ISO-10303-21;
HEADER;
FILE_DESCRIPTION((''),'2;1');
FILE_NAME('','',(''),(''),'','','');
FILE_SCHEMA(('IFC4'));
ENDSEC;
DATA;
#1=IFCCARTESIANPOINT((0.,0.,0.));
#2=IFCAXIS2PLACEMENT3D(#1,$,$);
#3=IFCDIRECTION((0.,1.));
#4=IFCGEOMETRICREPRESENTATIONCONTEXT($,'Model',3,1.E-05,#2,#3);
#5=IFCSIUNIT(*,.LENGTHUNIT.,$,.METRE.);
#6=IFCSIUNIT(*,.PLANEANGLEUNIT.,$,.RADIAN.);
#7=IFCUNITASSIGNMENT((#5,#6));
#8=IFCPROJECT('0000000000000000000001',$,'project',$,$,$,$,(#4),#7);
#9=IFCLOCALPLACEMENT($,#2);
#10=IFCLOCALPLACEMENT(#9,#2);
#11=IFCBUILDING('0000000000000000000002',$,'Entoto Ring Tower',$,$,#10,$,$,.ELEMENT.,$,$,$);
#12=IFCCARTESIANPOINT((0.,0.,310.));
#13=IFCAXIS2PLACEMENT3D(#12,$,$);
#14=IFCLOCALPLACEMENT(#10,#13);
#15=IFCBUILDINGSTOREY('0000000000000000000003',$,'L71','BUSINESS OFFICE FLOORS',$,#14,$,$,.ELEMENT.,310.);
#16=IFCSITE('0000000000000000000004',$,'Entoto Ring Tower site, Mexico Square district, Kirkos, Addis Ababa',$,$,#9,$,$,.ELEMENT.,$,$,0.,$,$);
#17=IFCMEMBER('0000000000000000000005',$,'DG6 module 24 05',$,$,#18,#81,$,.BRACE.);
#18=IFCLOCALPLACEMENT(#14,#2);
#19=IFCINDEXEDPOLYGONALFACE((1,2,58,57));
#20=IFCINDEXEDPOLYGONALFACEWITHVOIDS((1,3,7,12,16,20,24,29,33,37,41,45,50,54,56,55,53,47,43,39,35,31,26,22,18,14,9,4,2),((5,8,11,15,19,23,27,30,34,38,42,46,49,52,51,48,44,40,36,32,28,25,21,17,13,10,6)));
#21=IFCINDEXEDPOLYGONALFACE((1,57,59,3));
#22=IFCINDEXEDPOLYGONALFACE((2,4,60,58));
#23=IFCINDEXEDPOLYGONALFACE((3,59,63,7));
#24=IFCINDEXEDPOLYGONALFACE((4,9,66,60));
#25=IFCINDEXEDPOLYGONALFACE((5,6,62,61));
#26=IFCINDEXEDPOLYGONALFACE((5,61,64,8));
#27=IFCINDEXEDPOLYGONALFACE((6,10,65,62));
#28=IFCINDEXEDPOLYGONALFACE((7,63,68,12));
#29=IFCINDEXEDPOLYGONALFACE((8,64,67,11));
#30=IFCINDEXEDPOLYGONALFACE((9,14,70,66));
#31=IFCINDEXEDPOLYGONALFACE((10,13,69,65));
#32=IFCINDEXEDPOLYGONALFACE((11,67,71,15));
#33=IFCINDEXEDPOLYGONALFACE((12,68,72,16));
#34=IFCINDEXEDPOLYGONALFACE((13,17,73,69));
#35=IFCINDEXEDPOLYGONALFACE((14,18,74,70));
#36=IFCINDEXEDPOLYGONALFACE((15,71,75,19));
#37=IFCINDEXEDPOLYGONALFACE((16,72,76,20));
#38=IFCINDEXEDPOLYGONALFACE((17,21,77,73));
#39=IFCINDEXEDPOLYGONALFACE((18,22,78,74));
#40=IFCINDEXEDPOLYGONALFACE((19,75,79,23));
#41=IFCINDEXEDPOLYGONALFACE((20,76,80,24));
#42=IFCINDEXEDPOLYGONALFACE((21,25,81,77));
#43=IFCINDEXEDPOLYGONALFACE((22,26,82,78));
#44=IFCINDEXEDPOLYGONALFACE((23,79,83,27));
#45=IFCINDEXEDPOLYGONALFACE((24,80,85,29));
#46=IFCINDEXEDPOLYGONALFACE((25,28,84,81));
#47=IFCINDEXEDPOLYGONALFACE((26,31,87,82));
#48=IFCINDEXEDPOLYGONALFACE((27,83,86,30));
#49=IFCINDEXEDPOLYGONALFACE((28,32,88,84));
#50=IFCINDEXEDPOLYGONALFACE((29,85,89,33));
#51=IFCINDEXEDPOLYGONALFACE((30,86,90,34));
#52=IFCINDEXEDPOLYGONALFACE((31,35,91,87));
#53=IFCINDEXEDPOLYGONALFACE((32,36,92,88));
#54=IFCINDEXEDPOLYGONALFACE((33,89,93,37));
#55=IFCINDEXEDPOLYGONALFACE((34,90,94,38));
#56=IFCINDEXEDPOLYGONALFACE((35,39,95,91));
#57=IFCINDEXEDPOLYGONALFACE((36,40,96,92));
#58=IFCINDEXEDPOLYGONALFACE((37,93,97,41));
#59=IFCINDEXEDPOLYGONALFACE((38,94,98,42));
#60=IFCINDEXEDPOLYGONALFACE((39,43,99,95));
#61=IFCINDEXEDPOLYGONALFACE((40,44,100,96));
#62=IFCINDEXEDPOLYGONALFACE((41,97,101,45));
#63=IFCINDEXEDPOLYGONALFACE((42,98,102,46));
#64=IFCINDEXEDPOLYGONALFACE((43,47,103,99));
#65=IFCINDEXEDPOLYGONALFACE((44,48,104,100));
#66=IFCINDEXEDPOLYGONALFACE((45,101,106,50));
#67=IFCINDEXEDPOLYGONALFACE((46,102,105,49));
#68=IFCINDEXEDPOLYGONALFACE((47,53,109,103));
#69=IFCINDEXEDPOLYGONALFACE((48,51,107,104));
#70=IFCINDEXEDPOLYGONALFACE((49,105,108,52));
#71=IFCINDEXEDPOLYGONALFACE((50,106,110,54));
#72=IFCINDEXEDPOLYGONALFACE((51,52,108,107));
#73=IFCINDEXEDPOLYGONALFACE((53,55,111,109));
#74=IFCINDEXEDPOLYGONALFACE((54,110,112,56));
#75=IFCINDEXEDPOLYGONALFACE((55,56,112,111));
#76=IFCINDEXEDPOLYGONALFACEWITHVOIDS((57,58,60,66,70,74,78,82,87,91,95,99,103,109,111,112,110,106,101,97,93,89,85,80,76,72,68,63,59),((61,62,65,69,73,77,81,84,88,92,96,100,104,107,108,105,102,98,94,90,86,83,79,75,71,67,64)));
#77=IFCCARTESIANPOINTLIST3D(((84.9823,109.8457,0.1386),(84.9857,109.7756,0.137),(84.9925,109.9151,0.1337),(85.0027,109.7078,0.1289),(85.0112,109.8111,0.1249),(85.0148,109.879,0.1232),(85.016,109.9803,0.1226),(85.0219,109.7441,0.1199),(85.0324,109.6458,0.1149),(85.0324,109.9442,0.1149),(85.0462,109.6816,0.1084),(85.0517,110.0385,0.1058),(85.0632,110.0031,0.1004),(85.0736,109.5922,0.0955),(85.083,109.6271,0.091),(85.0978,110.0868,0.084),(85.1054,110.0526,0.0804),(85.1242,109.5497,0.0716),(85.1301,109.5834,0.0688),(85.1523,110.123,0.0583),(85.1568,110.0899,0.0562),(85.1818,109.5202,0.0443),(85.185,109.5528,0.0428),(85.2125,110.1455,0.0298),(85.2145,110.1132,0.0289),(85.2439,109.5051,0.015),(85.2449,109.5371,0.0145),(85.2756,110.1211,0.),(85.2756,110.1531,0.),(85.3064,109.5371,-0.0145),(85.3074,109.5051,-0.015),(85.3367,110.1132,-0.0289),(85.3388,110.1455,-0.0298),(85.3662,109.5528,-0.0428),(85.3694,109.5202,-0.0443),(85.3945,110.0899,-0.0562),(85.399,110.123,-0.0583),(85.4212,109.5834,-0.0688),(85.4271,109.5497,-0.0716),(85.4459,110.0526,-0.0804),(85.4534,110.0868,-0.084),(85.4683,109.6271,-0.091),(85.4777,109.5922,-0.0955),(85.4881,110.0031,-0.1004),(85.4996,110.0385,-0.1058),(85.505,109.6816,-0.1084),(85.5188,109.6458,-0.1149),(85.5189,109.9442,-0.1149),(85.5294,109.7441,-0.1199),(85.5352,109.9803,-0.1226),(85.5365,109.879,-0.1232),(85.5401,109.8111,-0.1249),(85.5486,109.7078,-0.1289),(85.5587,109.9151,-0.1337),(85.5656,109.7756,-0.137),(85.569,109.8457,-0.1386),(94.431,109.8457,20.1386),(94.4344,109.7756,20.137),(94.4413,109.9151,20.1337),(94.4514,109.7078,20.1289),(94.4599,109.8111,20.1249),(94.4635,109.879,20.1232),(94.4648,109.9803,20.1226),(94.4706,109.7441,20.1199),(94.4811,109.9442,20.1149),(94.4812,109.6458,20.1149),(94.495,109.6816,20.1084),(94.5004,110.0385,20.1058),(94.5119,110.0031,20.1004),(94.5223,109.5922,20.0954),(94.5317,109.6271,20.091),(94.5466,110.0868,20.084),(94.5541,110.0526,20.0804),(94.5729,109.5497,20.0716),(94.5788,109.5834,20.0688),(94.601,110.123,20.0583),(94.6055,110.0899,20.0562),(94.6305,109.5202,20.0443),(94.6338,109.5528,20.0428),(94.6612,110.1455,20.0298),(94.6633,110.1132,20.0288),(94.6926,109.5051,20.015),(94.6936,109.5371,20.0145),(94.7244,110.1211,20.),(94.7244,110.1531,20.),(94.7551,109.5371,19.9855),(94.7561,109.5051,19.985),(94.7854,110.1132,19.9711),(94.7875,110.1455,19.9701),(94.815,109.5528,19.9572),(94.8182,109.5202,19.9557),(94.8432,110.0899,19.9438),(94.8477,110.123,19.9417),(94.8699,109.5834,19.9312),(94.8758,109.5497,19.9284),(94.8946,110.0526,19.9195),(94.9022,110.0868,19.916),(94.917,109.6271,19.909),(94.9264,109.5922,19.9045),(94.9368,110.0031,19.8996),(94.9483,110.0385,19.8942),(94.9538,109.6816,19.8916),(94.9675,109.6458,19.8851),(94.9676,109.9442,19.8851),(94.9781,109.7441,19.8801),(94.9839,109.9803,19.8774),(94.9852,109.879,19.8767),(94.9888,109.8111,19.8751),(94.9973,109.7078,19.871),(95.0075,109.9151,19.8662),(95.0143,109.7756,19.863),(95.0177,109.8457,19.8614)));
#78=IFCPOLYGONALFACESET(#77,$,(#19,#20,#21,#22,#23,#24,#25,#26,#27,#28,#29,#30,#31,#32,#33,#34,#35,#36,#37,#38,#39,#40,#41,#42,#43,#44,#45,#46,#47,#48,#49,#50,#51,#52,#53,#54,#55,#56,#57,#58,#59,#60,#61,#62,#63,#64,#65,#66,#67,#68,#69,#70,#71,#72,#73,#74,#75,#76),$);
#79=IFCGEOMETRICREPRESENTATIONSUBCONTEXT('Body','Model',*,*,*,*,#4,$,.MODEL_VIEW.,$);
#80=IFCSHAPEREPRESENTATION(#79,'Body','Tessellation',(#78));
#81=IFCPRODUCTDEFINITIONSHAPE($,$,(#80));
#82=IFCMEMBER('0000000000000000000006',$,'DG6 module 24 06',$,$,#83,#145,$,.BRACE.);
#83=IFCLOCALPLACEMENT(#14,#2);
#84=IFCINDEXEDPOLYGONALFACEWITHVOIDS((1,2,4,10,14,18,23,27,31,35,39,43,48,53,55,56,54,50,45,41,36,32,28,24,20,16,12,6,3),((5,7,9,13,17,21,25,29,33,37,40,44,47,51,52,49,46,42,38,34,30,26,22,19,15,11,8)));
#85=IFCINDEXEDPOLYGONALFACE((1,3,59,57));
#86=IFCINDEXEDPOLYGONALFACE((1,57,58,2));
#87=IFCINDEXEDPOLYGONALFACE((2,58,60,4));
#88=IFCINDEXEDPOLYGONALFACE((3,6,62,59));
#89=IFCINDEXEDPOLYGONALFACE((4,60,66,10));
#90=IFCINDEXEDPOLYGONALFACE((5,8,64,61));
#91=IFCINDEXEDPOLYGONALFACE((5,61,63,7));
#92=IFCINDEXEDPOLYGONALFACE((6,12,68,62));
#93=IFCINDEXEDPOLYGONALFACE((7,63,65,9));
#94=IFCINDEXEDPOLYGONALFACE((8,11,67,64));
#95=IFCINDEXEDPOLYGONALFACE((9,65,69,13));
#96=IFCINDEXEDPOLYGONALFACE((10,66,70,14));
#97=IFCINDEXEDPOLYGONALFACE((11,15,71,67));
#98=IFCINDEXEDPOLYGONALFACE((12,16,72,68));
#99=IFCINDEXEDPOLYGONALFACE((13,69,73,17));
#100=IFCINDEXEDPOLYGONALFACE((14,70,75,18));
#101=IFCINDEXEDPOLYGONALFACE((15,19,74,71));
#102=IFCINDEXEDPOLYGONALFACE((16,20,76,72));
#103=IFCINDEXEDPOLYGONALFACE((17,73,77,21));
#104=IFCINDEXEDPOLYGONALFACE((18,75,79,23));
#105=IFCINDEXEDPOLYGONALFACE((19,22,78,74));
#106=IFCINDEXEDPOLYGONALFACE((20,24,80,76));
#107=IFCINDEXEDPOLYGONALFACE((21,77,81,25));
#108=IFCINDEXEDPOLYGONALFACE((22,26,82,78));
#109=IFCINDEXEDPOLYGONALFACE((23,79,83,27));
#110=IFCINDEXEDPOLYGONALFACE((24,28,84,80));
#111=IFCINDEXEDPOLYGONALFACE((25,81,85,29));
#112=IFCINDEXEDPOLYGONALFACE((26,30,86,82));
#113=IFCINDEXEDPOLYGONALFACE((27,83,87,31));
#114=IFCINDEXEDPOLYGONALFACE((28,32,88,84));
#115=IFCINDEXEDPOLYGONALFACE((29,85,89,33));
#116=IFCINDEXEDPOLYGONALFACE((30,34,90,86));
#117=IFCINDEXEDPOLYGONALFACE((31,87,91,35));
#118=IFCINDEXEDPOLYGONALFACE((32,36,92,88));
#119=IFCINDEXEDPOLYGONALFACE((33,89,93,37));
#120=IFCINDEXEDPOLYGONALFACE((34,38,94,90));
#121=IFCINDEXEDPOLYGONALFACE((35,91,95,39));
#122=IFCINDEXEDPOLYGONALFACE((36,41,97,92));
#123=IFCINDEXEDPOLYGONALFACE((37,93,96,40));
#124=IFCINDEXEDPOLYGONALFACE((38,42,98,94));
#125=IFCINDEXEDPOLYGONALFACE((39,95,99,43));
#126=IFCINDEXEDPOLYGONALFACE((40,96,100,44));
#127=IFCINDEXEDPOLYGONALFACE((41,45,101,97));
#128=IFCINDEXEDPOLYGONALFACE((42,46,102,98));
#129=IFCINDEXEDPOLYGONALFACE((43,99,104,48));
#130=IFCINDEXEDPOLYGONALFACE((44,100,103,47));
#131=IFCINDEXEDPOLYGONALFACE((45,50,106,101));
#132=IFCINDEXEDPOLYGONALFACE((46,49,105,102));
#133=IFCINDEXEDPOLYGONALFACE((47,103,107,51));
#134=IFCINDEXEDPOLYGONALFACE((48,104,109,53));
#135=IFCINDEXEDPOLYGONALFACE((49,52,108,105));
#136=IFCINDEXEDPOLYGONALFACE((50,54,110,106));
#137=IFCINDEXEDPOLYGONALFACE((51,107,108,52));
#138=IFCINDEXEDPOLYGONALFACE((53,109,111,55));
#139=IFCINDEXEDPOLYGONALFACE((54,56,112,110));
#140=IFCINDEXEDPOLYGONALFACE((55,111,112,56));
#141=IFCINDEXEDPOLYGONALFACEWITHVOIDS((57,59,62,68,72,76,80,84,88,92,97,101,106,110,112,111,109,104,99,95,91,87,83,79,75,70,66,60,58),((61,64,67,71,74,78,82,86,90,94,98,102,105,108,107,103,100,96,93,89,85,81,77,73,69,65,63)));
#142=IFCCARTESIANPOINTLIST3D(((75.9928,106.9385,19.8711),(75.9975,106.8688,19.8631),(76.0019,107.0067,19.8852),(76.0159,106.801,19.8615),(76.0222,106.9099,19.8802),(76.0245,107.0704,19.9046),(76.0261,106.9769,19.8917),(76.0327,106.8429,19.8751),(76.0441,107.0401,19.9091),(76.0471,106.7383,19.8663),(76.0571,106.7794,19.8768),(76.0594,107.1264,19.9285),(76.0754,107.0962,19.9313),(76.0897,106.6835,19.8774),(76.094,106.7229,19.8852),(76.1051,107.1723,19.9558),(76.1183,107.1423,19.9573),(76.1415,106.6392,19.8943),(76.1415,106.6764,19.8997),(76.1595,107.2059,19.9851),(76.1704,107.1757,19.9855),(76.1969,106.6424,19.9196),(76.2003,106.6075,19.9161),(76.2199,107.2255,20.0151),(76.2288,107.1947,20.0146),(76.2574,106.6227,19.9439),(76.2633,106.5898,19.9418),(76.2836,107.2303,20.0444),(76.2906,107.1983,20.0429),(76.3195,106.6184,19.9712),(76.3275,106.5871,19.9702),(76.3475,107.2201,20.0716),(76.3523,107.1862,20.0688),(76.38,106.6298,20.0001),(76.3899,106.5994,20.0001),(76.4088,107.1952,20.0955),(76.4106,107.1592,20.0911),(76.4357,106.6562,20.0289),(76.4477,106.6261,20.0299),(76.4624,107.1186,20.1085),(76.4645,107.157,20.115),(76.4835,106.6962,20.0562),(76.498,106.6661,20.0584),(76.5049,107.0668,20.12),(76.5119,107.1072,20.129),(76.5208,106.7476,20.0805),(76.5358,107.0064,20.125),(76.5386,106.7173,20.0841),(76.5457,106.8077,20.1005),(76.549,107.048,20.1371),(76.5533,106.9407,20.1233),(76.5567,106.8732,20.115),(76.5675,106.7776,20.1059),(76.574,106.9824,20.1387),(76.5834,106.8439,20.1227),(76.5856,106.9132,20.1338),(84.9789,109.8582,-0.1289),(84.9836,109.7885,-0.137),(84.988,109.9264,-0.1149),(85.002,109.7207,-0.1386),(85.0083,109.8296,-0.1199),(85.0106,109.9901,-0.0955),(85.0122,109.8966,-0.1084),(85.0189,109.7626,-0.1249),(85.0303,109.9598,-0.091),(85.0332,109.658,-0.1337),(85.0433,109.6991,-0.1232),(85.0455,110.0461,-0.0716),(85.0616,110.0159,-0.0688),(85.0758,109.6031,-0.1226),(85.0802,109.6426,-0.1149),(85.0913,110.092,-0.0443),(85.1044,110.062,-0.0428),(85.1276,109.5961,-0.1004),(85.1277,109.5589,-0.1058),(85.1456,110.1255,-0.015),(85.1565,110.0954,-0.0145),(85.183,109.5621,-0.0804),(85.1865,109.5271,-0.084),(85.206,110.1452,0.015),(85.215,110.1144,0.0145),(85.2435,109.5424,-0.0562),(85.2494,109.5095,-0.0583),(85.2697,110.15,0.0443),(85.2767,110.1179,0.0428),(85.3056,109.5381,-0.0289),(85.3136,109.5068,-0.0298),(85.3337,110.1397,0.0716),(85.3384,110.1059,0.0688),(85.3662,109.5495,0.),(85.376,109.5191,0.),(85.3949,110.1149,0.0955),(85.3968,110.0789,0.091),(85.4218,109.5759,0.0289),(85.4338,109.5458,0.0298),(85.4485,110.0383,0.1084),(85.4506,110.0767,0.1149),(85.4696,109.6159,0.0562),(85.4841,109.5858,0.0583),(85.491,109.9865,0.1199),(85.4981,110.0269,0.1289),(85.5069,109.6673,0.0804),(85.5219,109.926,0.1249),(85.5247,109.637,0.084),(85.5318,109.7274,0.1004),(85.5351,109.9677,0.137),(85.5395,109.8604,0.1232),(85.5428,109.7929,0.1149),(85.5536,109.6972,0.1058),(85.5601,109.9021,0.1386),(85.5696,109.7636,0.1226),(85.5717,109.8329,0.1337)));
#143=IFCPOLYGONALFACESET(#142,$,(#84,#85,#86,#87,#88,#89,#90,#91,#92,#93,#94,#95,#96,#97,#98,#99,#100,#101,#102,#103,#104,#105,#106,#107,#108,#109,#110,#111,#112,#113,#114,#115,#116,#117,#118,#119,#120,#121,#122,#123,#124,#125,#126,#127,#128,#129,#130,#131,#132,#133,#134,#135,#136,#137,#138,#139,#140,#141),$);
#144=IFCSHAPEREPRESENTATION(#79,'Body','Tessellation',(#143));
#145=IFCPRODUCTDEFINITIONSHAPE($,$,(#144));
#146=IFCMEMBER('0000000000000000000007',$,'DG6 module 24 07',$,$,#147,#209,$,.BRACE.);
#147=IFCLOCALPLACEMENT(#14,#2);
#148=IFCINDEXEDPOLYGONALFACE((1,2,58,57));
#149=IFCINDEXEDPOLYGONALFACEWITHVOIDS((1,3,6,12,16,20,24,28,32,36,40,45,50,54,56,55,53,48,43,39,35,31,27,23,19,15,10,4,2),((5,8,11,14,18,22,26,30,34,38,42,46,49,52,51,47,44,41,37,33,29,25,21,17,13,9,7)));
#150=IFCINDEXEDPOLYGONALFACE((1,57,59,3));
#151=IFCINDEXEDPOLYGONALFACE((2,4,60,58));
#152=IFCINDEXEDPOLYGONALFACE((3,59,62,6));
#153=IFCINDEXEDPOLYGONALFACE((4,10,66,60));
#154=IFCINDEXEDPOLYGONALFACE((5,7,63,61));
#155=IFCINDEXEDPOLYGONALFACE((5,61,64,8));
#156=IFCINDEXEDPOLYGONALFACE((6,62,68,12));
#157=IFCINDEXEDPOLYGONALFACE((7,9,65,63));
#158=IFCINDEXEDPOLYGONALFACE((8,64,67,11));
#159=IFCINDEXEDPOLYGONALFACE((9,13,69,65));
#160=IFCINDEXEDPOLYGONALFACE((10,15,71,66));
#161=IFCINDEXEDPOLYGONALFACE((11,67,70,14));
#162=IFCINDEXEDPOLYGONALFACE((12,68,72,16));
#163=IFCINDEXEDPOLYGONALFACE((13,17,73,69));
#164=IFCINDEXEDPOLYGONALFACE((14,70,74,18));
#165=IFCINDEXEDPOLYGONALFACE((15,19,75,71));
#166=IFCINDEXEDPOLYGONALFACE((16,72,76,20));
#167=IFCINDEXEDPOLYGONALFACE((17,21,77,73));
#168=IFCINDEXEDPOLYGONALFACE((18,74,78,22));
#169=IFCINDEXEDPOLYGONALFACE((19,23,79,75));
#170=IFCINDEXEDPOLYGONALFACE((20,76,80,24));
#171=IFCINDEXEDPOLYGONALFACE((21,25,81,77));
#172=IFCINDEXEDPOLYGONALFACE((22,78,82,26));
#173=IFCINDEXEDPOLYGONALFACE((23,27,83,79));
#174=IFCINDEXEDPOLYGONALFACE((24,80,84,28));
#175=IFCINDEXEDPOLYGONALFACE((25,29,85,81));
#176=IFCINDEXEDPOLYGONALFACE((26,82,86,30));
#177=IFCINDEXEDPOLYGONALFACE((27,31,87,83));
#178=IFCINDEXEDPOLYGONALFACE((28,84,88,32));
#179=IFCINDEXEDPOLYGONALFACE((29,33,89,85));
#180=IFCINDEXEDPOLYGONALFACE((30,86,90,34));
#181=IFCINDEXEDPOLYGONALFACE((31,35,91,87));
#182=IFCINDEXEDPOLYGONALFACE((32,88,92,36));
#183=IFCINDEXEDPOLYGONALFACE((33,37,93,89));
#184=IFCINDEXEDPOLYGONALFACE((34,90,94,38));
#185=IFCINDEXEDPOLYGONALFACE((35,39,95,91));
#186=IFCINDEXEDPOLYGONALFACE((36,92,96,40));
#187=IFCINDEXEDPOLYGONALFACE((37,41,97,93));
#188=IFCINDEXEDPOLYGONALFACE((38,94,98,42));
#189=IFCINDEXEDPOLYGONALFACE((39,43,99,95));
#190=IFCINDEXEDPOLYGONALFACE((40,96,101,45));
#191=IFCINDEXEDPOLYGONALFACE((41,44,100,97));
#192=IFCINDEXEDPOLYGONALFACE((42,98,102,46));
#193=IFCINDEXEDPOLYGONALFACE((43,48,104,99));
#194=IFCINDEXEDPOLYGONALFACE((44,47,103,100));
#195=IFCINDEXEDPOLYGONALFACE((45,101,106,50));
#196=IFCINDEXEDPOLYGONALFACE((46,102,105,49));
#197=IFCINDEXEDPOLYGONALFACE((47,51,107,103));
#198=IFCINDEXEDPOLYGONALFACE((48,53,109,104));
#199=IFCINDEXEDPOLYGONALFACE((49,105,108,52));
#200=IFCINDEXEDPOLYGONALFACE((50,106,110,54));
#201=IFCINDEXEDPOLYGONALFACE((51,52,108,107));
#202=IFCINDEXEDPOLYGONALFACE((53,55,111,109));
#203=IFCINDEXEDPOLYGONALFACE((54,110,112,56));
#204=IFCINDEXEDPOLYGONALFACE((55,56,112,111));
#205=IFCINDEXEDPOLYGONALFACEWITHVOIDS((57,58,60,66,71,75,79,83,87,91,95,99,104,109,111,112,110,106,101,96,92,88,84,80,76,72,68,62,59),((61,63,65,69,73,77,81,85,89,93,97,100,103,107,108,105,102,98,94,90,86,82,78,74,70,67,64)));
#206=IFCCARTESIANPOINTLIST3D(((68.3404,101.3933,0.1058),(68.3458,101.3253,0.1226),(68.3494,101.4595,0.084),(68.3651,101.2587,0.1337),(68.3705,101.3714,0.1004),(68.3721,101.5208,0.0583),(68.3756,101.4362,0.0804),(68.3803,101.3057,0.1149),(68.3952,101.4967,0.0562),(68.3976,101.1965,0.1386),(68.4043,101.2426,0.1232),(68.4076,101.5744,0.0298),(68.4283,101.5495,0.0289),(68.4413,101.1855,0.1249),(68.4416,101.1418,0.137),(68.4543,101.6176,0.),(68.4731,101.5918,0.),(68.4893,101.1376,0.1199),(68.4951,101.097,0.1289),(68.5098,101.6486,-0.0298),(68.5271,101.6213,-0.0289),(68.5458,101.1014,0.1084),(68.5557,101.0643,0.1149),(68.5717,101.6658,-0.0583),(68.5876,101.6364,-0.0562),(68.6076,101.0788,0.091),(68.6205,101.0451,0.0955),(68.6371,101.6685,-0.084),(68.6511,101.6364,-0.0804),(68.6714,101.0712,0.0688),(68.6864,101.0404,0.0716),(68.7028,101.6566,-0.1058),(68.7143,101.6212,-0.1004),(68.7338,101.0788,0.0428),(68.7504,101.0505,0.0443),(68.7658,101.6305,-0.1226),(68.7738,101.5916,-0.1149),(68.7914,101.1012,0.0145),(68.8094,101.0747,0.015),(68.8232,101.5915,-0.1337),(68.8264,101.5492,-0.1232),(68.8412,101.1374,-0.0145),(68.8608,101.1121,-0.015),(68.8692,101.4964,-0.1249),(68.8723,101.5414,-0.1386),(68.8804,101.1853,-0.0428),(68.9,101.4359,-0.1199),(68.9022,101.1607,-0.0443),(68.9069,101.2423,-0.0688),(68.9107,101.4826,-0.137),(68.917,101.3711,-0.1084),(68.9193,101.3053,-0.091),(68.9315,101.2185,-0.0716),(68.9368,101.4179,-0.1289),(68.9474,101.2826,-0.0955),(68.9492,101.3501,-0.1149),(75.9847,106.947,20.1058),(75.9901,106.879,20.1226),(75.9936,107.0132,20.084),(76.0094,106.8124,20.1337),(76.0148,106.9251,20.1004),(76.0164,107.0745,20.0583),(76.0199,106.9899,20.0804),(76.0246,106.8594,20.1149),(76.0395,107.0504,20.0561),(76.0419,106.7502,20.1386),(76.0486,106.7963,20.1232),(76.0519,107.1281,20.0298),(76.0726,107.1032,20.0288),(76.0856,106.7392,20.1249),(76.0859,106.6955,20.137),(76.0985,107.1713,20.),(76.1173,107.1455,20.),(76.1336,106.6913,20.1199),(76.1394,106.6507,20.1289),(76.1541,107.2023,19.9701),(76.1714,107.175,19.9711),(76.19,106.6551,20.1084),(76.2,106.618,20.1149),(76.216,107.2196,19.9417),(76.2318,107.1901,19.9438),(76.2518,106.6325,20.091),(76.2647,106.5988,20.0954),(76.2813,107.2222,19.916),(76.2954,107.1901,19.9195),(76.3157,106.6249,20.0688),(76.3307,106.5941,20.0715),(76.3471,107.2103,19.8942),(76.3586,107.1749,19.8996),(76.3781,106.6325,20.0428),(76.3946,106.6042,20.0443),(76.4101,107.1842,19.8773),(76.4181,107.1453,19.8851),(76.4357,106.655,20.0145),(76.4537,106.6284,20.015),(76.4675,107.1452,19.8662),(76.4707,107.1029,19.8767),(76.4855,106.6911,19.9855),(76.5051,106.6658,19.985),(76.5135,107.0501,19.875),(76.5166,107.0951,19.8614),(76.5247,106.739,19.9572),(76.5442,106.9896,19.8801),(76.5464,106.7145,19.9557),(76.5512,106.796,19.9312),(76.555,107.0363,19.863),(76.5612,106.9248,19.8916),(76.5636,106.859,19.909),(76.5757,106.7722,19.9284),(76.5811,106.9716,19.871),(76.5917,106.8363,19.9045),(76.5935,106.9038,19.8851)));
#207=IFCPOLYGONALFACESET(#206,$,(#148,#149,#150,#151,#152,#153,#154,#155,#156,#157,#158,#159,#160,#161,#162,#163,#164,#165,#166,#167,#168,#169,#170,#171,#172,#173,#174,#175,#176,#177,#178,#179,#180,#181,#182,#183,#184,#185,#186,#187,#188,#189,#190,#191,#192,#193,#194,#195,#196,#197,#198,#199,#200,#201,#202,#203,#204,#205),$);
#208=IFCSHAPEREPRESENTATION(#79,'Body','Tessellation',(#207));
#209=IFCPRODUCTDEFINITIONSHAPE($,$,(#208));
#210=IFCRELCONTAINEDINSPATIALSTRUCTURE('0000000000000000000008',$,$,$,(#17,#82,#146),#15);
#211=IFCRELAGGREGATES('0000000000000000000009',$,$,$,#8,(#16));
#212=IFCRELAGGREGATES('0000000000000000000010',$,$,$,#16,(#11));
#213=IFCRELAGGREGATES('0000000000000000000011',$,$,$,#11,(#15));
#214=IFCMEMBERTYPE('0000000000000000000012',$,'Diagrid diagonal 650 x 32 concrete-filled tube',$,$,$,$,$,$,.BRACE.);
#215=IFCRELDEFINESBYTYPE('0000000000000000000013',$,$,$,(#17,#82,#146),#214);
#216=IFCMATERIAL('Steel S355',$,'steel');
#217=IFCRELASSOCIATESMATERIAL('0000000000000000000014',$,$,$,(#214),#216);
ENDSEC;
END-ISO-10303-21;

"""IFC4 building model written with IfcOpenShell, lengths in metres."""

from ifc_helpers import new_model, si_unit, direction, frame, origin, origin_2d, place, context, subcontext, project, spatial, circle, hollow_circle, extrude, material, material_profile, profile_set, type_object, element, save


model = new_model("IFC4")

# Units and contexts
model_context = context("Model", 3, precision=1e-05, world=origin(), true_north=direction((0.0, 1.0)))
body_context = subcontext(model_context, "Body", "Model", "MODEL_VIEW")
ifc_project = project(units=[si_unit("LENGTHUNIT", "METRE"), si_unit("PLANEANGLEUNIT", "RADIAN")], contexts=[model_context])

# Site, building, storey
site_placement = place(None, origin())
site = spatial("IfcSite", under=ifc_project, at=site_placement, Name="Entoto Ring Tower site, Mexico Square district, Kirkos, Addis Ababa", CompositionType="ELEMENT", RefElevation=0.0)
building_placement = place(site_placement, origin())
building = spatial("IfcBuilding", under=site, at=building_placement, Name="Entoto Ring Tower", CompositionType="ELEMENT")
storey_placement = place(building_placement, frame((0.0, 0.0, 310.0)))
storey = spatial("IfcBuildingStorey", under=building, at=storey_placement, Name="L71", Description="BUSINESS OFFICE FLOORS", CompositionType="ELEMENT", Elevation=310.0)

# Members
ifc_material_1 = material(Name="Steel S355", Category="steel")
ifc_material_profile_1 = material_profile(ifc_material_1, hollow_circle(Radius=0.325, WallThickness=0.032, at=origin_2d()), Name="CHS 650 x 32")
ifc_material_2 = material(Name="Concrete C60/75", Category="concrete")
ifc_material_profile_2 = material_profile(ifc_material_2, circle(Radius=0.293, at=origin_2d()), Name="Concrete C60/75 infill")
ifc_profile_set_1 = profile_set([ifc_material_profile_1, ifc_material_profile_2], Name="Steel S355")
member_type_1 = type_object("IfcMemberType", Name="Diagrid diagonal 650 x 32 concrete-filled tube", PredefinedType="BRACE", material=ifc_profile_set_1)
for number, where, z_axis, x_axis, name in (
    (1, (85.2756, 109.8281, 0.0), (0.427165, 0.0, 0.904174), (0.0, 1.0, 0.0), "DG6 module 24 05"),
    (2, (85.2756, 109.8281, 0.0), (-0.406251, -0.131995, 0.904178), (0.30901, -0.951059, 0.0), "DG6 module 24 06"),
    (3, (68.6453, 101.3547, 0.0), (0.345588, 0.251076, 0.904174), (-0.587772, 0.809026, 0.0), "DG6 module 24 07"),
):
    element("IfcMember", number, at=place(storey_placement, frame(where, z_axis=z_axis, x_axis=x_axis)), inside=storey, type_object=member_type_1, Name=name, PredefinedType="BRACE", context=body_context, shape_type="SweptSolid", body=[
        extrude(hollow_circle(Radius=0.325, WallThickness=0.032, at=origin_2d()), origin(), (0.0, 0.0, 1.0), 22.1196),
    ])

save(model, "model.ifc")
